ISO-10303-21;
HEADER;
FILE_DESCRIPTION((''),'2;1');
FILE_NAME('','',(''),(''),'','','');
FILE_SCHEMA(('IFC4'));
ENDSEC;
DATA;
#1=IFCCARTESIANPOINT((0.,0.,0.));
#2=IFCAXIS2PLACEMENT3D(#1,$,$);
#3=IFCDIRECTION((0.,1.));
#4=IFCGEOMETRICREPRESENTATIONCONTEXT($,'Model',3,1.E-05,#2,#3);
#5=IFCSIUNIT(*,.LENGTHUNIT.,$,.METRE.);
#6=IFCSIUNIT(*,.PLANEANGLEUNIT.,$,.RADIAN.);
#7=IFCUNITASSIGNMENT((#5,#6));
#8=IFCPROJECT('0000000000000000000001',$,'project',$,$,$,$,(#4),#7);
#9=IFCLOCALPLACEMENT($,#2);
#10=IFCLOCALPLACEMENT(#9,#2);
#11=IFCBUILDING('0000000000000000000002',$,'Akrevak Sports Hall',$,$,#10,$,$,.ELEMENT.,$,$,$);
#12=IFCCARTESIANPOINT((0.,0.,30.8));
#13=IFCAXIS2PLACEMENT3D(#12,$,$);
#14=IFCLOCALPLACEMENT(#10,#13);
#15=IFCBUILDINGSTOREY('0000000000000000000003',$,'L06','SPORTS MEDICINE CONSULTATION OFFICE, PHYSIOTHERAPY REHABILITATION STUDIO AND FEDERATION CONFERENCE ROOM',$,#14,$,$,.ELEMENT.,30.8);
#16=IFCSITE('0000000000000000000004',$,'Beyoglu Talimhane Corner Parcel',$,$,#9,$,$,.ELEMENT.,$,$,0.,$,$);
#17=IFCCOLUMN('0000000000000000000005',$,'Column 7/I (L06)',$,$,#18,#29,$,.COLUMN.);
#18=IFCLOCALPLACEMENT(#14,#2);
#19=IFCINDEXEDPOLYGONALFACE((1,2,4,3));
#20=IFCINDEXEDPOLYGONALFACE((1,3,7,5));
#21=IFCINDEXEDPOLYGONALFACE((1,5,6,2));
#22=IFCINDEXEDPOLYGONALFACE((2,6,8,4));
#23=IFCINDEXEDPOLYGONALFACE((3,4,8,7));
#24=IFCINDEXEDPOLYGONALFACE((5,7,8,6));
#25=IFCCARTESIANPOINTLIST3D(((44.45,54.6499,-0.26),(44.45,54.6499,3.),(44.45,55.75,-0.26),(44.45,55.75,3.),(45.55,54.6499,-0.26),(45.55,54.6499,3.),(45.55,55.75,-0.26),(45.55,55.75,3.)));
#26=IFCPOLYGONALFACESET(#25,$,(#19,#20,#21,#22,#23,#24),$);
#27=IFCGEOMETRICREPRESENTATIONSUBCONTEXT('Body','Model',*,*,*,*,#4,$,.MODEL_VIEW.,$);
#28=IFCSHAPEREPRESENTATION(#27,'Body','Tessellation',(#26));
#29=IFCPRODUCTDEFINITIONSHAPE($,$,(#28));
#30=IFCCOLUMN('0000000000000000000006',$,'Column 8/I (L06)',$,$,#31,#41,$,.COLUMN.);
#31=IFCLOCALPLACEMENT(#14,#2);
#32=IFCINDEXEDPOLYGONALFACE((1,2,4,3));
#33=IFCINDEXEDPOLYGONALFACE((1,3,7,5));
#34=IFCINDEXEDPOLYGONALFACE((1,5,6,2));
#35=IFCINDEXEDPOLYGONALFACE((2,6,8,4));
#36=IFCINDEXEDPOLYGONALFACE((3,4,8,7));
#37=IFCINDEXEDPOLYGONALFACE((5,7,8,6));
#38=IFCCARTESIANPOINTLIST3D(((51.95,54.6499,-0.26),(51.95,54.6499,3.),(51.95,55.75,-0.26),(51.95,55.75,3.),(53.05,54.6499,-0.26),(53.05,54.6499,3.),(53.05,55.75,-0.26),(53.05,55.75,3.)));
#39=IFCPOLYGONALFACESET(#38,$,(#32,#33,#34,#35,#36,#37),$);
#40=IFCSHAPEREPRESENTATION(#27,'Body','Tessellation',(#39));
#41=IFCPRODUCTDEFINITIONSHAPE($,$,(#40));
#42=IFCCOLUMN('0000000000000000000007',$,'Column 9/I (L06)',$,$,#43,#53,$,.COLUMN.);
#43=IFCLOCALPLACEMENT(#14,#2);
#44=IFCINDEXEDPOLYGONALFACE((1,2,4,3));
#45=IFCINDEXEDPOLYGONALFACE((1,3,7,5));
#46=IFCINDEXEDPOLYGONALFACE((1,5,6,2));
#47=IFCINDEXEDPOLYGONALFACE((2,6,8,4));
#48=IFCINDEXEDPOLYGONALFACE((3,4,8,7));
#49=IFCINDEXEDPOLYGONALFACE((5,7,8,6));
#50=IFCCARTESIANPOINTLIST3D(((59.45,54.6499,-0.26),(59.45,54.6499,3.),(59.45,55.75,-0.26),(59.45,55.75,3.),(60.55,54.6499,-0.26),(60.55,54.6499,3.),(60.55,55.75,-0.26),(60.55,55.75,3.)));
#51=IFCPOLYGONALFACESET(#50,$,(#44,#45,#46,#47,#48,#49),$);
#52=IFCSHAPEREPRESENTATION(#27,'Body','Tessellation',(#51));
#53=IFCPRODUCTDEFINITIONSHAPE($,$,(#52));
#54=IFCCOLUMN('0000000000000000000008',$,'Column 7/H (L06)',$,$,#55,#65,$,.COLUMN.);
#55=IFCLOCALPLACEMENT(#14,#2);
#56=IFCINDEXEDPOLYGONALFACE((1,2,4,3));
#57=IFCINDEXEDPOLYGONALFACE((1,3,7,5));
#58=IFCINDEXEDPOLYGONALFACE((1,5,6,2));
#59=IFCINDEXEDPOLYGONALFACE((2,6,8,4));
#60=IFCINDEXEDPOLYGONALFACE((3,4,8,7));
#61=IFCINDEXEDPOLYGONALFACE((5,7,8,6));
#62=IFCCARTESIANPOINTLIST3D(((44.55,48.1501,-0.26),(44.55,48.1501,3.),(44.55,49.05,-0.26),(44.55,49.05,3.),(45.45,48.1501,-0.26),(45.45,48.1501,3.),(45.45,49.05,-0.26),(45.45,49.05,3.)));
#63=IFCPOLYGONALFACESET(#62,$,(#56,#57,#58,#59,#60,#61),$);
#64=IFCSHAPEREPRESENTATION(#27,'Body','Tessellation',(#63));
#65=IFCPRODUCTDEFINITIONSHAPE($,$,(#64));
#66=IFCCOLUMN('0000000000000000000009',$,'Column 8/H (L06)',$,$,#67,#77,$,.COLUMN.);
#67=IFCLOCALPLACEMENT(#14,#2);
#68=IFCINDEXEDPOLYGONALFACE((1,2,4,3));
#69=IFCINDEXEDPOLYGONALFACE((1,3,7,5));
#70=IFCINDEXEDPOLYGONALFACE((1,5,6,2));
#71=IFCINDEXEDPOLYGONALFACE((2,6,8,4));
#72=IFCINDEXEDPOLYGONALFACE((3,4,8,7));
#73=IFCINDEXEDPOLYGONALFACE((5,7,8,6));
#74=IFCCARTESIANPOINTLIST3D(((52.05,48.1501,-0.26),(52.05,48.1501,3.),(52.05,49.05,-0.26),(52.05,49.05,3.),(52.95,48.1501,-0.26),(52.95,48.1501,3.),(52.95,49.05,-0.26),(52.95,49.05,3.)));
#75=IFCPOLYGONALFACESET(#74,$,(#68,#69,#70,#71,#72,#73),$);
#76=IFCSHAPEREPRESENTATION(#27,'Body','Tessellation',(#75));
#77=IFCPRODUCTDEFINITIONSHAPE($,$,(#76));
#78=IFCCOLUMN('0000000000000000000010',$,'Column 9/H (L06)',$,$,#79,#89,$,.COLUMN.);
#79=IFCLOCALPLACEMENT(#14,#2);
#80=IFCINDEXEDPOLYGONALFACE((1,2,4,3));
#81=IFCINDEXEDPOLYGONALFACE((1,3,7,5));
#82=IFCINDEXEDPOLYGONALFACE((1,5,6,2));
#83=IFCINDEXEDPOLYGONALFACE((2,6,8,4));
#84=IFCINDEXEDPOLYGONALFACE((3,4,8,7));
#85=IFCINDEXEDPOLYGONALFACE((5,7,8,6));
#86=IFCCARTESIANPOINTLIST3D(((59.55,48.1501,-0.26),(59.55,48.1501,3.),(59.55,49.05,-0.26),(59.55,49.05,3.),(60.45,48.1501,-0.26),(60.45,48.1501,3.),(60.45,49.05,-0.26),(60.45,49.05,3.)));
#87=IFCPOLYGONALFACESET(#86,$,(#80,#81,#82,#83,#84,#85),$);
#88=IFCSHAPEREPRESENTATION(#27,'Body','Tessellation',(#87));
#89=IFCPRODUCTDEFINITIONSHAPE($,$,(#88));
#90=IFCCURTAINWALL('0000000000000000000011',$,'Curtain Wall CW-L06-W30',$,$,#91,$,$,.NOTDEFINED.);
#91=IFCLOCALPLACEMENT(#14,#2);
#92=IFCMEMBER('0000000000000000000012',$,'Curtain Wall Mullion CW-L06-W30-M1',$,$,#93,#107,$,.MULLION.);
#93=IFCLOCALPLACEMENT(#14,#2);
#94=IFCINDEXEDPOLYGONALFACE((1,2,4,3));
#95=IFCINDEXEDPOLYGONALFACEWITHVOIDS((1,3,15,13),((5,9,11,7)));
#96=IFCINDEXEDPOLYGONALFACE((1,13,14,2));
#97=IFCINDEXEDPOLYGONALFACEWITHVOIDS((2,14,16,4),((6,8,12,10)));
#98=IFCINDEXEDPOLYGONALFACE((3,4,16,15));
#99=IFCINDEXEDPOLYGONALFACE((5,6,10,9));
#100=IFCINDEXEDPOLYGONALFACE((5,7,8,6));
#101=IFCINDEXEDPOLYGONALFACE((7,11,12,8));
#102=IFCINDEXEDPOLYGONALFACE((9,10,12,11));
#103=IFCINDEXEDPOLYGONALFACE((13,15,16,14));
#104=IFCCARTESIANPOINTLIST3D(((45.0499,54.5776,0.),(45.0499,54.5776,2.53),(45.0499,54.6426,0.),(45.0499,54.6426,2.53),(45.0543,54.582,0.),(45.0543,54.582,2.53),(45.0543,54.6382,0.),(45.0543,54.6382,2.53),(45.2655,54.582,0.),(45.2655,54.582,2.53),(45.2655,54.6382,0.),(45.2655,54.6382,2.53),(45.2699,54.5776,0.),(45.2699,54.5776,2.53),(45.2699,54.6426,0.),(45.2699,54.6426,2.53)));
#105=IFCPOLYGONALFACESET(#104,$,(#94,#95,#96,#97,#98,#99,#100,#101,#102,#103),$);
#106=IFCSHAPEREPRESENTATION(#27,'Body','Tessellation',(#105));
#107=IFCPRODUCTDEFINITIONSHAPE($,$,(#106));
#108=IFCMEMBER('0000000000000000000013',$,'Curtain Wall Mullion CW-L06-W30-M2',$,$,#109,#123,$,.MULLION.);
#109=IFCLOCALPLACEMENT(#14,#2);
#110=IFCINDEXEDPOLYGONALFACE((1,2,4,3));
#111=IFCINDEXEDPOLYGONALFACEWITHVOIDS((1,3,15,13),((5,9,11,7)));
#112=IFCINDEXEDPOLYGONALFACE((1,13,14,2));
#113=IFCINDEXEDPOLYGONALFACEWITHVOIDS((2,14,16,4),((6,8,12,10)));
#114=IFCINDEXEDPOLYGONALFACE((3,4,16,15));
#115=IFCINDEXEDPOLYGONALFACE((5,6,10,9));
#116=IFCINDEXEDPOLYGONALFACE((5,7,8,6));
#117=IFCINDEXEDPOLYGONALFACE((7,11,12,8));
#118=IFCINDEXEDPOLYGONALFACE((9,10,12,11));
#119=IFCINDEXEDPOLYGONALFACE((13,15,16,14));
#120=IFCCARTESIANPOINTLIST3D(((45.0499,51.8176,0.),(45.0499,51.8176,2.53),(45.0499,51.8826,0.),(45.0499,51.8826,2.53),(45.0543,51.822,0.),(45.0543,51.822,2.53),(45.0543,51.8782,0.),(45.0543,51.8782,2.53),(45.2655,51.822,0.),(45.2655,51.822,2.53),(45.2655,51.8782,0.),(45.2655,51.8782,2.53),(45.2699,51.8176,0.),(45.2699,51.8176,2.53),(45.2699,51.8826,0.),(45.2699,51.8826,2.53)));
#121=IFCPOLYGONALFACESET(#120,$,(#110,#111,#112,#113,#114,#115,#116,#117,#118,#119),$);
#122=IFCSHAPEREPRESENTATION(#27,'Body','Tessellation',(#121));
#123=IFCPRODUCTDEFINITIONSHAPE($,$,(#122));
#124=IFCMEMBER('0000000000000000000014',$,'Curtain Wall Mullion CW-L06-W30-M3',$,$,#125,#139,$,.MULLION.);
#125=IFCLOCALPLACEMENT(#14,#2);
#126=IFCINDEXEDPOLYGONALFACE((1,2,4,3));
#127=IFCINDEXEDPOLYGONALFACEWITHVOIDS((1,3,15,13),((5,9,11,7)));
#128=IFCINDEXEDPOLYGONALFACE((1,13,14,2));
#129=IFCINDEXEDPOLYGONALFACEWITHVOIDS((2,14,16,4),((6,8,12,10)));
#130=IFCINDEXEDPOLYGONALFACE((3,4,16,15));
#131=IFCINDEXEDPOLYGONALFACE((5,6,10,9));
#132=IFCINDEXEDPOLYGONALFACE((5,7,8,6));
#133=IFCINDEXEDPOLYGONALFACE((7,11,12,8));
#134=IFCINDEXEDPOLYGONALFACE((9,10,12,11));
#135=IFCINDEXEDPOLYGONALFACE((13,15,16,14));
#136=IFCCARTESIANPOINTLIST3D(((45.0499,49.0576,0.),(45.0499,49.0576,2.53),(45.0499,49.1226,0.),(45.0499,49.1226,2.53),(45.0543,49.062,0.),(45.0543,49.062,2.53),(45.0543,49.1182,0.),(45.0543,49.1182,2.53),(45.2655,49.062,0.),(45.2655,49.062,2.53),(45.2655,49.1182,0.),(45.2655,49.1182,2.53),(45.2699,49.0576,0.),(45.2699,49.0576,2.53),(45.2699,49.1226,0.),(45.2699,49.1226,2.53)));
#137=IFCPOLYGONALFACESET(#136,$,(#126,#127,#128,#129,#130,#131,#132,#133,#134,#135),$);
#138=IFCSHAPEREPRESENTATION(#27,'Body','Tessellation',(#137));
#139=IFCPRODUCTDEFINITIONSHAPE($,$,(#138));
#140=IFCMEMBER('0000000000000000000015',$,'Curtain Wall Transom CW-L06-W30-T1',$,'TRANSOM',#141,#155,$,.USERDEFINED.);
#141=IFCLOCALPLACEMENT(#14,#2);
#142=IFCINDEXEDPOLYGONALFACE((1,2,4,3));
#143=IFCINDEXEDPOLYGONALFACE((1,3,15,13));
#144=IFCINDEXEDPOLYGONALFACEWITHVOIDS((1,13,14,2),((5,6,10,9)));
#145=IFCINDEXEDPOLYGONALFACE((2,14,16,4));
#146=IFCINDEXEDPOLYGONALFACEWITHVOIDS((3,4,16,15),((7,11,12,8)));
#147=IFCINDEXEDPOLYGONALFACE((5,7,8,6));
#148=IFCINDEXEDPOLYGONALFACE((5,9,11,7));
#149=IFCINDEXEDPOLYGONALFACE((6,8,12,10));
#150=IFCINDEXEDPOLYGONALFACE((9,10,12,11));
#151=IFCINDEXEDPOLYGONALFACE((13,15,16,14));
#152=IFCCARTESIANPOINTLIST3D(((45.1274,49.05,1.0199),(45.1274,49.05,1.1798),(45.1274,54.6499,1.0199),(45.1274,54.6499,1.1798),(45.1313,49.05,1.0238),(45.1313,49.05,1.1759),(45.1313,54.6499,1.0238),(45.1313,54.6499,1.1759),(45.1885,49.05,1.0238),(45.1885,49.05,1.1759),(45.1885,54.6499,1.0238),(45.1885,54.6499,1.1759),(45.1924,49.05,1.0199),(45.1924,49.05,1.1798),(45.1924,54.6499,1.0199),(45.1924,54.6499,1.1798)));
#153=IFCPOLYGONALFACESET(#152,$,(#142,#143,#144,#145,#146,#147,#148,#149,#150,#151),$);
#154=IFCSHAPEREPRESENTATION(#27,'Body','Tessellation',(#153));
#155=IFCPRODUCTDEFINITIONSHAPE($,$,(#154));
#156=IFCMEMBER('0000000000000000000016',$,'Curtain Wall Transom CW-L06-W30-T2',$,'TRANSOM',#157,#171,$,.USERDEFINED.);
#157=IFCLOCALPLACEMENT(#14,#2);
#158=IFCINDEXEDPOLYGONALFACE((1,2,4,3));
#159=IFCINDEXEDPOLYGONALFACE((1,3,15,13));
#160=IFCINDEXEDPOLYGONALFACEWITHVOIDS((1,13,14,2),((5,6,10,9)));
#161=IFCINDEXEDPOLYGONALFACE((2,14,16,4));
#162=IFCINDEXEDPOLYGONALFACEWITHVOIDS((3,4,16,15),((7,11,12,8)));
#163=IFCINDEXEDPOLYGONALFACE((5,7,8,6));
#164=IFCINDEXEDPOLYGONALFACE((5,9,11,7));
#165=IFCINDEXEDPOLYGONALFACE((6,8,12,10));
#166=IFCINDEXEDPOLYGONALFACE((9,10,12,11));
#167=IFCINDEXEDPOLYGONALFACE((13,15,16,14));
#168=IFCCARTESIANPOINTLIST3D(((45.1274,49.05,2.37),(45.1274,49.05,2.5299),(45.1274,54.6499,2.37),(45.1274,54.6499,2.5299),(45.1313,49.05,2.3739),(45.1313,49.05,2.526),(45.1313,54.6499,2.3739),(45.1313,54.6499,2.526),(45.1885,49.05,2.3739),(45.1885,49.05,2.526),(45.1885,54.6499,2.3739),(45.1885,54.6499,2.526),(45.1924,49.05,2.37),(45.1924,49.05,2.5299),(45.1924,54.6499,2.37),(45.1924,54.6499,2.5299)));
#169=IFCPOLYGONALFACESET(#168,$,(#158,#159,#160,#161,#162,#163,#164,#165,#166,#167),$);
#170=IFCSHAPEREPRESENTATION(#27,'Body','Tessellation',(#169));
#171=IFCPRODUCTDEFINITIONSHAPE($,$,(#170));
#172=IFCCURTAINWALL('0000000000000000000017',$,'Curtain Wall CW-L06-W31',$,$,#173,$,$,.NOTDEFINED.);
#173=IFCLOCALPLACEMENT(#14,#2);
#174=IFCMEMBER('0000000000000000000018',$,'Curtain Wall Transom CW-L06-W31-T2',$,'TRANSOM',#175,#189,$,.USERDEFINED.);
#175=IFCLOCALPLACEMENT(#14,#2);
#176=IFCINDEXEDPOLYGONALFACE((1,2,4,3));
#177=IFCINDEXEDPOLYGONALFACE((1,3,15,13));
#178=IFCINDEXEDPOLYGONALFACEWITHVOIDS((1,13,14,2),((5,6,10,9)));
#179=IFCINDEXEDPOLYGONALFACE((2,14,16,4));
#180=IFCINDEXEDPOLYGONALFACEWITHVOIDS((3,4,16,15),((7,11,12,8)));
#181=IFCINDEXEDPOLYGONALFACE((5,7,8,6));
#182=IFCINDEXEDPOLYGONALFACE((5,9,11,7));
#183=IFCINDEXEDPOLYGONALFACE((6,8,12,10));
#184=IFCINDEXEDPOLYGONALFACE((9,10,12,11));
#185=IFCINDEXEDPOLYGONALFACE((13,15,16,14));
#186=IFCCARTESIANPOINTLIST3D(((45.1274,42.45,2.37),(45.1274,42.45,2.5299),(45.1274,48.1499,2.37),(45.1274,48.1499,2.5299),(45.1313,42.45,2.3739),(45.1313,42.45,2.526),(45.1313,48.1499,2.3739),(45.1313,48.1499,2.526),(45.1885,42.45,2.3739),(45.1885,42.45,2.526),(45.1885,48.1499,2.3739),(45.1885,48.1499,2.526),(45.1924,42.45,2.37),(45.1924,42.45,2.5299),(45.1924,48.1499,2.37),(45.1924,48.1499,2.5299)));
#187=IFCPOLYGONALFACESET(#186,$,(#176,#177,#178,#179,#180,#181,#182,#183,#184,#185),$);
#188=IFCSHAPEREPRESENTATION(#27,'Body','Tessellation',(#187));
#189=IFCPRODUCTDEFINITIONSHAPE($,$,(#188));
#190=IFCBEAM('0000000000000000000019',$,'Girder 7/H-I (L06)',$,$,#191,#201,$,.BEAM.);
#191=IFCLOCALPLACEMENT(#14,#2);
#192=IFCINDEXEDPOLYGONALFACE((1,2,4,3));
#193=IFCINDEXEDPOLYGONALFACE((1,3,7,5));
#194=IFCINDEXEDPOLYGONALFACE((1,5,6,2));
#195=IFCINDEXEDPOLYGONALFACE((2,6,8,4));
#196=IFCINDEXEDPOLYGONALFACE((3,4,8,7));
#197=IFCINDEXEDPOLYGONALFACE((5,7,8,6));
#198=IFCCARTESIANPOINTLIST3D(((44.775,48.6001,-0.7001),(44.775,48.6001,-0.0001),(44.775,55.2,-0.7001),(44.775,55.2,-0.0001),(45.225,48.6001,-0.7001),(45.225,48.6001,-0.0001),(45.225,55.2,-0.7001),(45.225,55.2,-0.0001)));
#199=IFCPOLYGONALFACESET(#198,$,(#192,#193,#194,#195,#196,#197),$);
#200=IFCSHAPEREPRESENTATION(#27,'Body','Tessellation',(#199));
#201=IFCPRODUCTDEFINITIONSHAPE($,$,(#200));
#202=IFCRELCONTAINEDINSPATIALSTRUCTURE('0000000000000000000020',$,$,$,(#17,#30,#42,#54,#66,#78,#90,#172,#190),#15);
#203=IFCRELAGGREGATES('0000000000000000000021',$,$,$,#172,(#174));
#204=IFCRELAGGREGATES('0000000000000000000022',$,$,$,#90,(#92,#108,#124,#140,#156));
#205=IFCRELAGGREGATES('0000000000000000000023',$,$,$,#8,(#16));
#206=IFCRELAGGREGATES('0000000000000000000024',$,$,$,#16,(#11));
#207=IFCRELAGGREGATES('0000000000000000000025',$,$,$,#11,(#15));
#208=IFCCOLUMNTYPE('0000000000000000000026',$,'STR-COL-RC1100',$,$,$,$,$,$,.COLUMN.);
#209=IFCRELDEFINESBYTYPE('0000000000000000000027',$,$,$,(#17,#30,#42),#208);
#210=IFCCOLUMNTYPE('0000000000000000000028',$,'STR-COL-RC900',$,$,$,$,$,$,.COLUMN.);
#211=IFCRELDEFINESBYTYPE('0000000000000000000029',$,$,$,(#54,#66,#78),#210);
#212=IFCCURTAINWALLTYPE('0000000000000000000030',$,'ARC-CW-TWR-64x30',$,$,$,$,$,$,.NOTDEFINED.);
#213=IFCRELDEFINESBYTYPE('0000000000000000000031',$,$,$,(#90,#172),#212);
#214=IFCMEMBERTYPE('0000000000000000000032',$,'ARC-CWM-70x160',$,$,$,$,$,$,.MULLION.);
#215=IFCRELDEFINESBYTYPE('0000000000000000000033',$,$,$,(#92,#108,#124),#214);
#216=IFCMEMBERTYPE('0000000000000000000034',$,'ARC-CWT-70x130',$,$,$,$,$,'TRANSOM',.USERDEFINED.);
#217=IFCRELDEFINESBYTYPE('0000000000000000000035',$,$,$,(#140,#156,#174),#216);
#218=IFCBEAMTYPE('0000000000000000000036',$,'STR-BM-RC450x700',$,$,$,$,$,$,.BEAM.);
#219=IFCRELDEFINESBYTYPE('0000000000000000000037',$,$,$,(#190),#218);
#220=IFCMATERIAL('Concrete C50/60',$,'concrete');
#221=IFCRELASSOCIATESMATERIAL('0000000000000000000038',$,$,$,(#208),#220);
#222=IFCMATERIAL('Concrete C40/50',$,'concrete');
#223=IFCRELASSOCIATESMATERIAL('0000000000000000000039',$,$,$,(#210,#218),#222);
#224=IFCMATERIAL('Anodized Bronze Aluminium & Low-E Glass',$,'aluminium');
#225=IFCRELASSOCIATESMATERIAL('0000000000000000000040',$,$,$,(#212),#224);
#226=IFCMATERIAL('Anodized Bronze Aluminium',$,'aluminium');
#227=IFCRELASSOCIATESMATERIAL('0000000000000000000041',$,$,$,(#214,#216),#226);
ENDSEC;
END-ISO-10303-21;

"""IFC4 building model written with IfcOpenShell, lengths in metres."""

from ifc_helpers import new_model, si_unit, direction, frame, origin, origin_2d, place, context, subcontext, project, spatial, rectangle, hollow_rectangle, extrude, material, material_profile, profile_set, type_object, element, aggregate, save


model = new_model("IFC4")

# Units and contexts
model_context = context("Model", 3, precision=1e-05, world=origin(), true_north=direction((0.0, 1.0)))
body_context = subcontext(model_context, "Body", "Model", "MODEL_VIEW")
ifc_project = project(units=[si_unit("LENGTHUNIT", "METRE"), si_unit("PLANEANGLEUNIT", "RADIAN")], contexts=[model_context])

# Site, building, storey
site_placement = place(None, origin())
site = spatial("IfcSite", under=ifc_project, at=site_placement, Name="Beyoglu Talimhane Corner Parcel", CompositionType="ELEMENT", RefElevation=0.0)
building_placement = place(site_placement, origin())
building = spatial("IfcBuilding", under=site, at=building_placement, Name="Akrevak Sports Hall", CompositionType="ELEMENT")
storey_placement = place(building_placement, frame((0.0, 0.0, 30.8)))
storey = spatial("IfcBuildingStorey", under=building, at=storey_placement, Name="L06", Description="SPORTS MEDICINE CONSULTATION OFFICE, PHYSIOTHERAPY REHABILITATION STUDIO AND FEDERATION CONFERENCE ROOM", CompositionType="ELEMENT", Elevation=30.8)

# Columns
ifc_material_1 = material(Name="Concrete C50/60", Category="concrete")
ifc_material_profile_1 = material_profile(ifc_material_1, rectangle(XDim=1.1001, YDim=1.1001, at=origin_2d()), Name="RC 1100x1100", Category="concrete")
ifc_profile_set_1 = profile_set([ifc_material_profile_1], Name="Concrete C50/60")
column_type_1 = type_object("IfcColumnType", Name="STR-COL-RC1100", PredefinedType="COLUMN", material=ifc_profile_set_1)
for number, where, z_axis, x_axis, name in (
    (1, (45.0, 55.2, -0.26), (0.0, 0.0, 1.0), (1.0, 0.0, 0.0), "Column 7/I (L06)"),
    (2, (52.5, 55.2, -0.26), (0.0, 0.0, 1.0), (1.0, 0.0, 0.0), "Column 8/I (L06)"),
    (3, (60.0, 55.2, -0.26), (0.0, 0.0, 1.0), (1.0, 0.0, 0.0), "Column 9/I (L06)"),
):
    element("IfcColumn", number, at=place(storey_placement, frame(where, z_axis=z_axis, x_axis=x_axis)), inside=storey, type_object=column_type_1, Name=name, PredefinedType="COLUMN", context=body_context, shape_type="SweptSolid", body=[
        extrude(rectangle(XDim=1.1001, YDim=1.1001, at=origin_2d()), origin(), (0.0, 0.0, 1.0), 3.26),
    ])
ifc_material_2 = material(Name="Concrete C40/50", Category="concrete")
ifc_material_profile_2 = material_profile(ifc_material_2, rectangle(XDim=0.8999, YDim=0.8999, at=origin_2d()), Name="RC 900x900", Category="concrete")
ifc_profile_set_2 = profile_set([ifc_material_profile_2], Name="Concrete C40/50")
column_type_2 = type_object("IfcColumnType", Name="STR-COL-RC900", PredefinedType="COLUMN", material=ifc_profile_set_2)
for number, where, z_axis, x_axis, name in (
    (4, (45.0, 48.6001, -0.26), (0.0, 0.0, 1.0), (1.0, 0.0, 0.0), "Column 7/H (L06)"),
    (5, (52.5, 48.6001, -0.26), (0.0, 0.0, 1.0), (1.0, 0.0, 0.0), "Column 8/H (L06)"),
    (6, (60.0, 48.6001, -0.26), (0.0, 0.0, 1.0), (1.0, 0.0, 0.0), "Column 9/H (L06)"),
):
    element("IfcColumn", number, at=place(storey_placement, frame(where, z_axis=z_axis, x_axis=x_axis)), inside=storey, type_object=column_type_2, Name=name, PredefinedType="COLUMN", context=body_context, shape_type="SweptSolid", body=[
        extrude(rectangle(XDim=0.8999, YDim=0.8999, at=origin_2d()), origin(), (0.0, 0.0, 1.0), 3.26),
    ])

# Curtain wall, members
ifc_material_3 = material(Name="Anodized Bronze Aluminium & Low-E Glass", Category="aluminium")
curtain_wall_type = type_object("IfcCurtainWallType", Name="ARC-CW-TWR-64x30", PredefinedType="NOTDEFINED", material=ifc_material_3)
curtain_wall_1_placement = place(storey_placement, origin())
curtain_wall_1 = element("IfcCurtainWall", 7, at=curtain_wall_1_placement, inside=storey, type_object=curtain_wall_type, Name="Curtain Wall CW-L06-W30", PredefinedType="NOTDEFINED")
ifc_material_4 = material(Name="Anodized Bronze Aluminium", Category="aluminium")
ifc_material_profile_3 = material_profile(ifc_material_4, hollow_rectangle(XDim=0.0649, YDim=0.22, WallThickness=0.0044, at=origin_2d()), Name="CWM 65x220", Category="aluminium")
ifc_profile_set_3 = profile_set([ifc_material_profile_3], Name="Anodized Bronze Aluminium")
member_type_1 = type_object("IfcMemberType", Name="ARC-CWM-70x160", PredefinedType="MULLION", material=ifc_profile_set_3)
member_1_placement = place(storey_placement, frame((45.1599, 54.6101, 0.0), z_axis=(0.0, 0.0, 1.0), x_axis=(0.0, -1.0, 0.0)))
member_1 = element("IfcMember", 8, at=member_1_placement, type_object=member_type_1, Name="Curtain Wall Mullion CW-L06-W30-M1", PredefinedType="MULLION", context=body_context, shape_type="SweptSolid", body=[
    extrude(hollow_rectangle(XDim=0.0649, YDim=0.22, WallThickness=0.0044, at=origin_2d()), origin(), (0.0, 0.0, 1.0), 2.53),
])
member_2_placement = place(storey_placement, frame((45.1599, 51.8501, 0.0), z_axis=(0.0, 0.0, 1.0), x_axis=(0.0, -1.0, 0.0)))
member_2 = element("IfcMember", 9, at=member_2_placement, type_object=member_type_1, Name="Curtain Wall Mullion CW-L06-W30-M2", PredefinedType="MULLION", context=body_context, shape_type="SweptSolid", body=[
    extrude(hollow_rectangle(XDim=0.0649, YDim=0.22, WallThickness=0.0044, at=origin_2d()), origin(), (0.0, 0.0, 1.0), 2.53),
])
member_3_placement = place(storey_placement, frame((45.1599, 49.0901, 0.0), z_axis=(0.0, 0.0, 1.0), x_axis=(0.0, -1.0, 0.0)))
member_3 = element("IfcMember", 10, at=member_3_placement, type_object=member_type_1, Name="Curtain Wall Mullion CW-L06-W30-M3", PredefinedType="MULLION", context=body_context, shape_type="SweptSolid", body=[
    extrude(hollow_rectangle(XDim=0.0649, YDim=0.22, WallThickness=0.0044, at=origin_2d()), origin(), (0.0, 0.0, 1.0), 2.53),
])
ifc_material_profile_4 = material_profile(ifc_material_4, hollow_rectangle(XDim=0.0649, YDim=0.1599, WallThickness=0.0039, at=origin_2d()), Name="CWT 65x160", Category="aluminium")
ifc_profile_set_4 = profile_set([ifc_material_profile_4], Name="Anodized Bronze Aluminium")
member_type_2 = type_object("IfcMemberType", Name="ARC-CWT-70x130", ElementType="TRANSOM", PredefinedType="USERDEFINED", material=ifc_profile_set_4)
member_4_placement = place(storey_placement, frame((45.1599, 54.6499, 1.0999), z_axis=(0.0, -1.0, 0.0), x_axis=(1.0, 0.0, 0.0)))
member_4 = element("IfcMember", 11, at=member_4_placement, type_object=member_type_2, Name="Curtain Wall Transom CW-L06-W30-T1", ObjectType="TRANSOM", PredefinedType="USERDEFINED", context=body_context, shape_type="SweptSolid", body=[
    extrude(hollow_rectangle(XDim=0.0649, YDim=0.1599, WallThickness=0.0039, at=origin_2d()), origin(), (0.0, 0.0, 1.0), 5.5999),
])
member_5_placement = place(storey_placement, frame((45.1599, 54.6499, 2.45), z_axis=(0.0, -1.0, 0.0), x_axis=(1.0, 0.0, 0.0)))
member_5 = element("IfcMember", 12, at=member_5_placement, type_object=member_type_2, Name="Curtain Wall Transom CW-L06-W30-T2", ObjectType="TRANSOM", PredefinedType="USERDEFINED", context=body_context, shape_type="SweptSolid", body=[
    extrude(hollow_rectangle(XDim=0.0649, YDim=0.1599, WallThickness=0.0039, at=origin_2d()), origin(), (0.0, 0.0, 1.0), 5.5999),
])

# Curtain wall, member
curtain_wall_2_placement = place(storey_placement, origin())
curtain_wall_2 = element("IfcCurtainWall", 13, at=curtain_wall_2_placement, inside=storey, type_object=curtain_wall_type, Name="Curtain Wall CW-L06-W31", PredefinedType="NOTDEFINED")
member_6_placement = place(storey_placement, frame((45.1599, 48.1499, 2.45), z_axis=(0.0, -1.0, 0.0), x_axis=(1.0, 0.0, 0.0)))
member_6 = element("IfcMember", 14, at=member_6_placement, type_object=member_type_2, Name="Curtain Wall Transom CW-L06-W31-T2", ObjectType="TRANSOM", PredefinedType="USERDEFINED", context=body_context, shape_type="SweptSolid", body=[
    extrude(hollow_rectangle(XDim=0.0649, YDim=0.1599, WallThickness=0.0039, at=origin_2d()), origin(), (0.0, 0.0, 1.0), 5.7),
])
aggregate(curtain_wall_2, [member_6])

# Beam
ifc_material_profile_5 = material_profile(ifc_material_2, rectangle(XDim=0.45, YDim=0.7, at=origin_2d()), Name="BM 450x700", Category="concrete")
ifc_profile_set_5 = profile_set([ifc_material_profile_5], Name="Concrete C40/50")
beam_type_1 = type_object("IfcBeamType", Name="STR-BM-RC450x700", PredefinedType="BEAM", material=ifc_profile_set_5)
beam_1_placement = place(storey_placement, frame((45.0, 48.6001, -0.3501), z_axis=(0.0, 1.0, 0.0), x_axis=(-1.0, 0.0, 0.0)))
element("IfcBeam", 15, at=beam_1_placement, inside=storey, type_object=beam_type_1, Name="Girder 7/H-I (L06)", PredefinedType="BEAM", context=body_context, shape_type="SweptSolid", body=[
    extrude(rectangle(XDim=0.45, YDim=0.7, at=origin_2d()), origin(), (0.0, 0.0, 1.0), 6.5999),
])

aggregate(curtain_wall_1, [member_1, member_2, member_3, member_4, member_5])

save(model, "model.ifc")
